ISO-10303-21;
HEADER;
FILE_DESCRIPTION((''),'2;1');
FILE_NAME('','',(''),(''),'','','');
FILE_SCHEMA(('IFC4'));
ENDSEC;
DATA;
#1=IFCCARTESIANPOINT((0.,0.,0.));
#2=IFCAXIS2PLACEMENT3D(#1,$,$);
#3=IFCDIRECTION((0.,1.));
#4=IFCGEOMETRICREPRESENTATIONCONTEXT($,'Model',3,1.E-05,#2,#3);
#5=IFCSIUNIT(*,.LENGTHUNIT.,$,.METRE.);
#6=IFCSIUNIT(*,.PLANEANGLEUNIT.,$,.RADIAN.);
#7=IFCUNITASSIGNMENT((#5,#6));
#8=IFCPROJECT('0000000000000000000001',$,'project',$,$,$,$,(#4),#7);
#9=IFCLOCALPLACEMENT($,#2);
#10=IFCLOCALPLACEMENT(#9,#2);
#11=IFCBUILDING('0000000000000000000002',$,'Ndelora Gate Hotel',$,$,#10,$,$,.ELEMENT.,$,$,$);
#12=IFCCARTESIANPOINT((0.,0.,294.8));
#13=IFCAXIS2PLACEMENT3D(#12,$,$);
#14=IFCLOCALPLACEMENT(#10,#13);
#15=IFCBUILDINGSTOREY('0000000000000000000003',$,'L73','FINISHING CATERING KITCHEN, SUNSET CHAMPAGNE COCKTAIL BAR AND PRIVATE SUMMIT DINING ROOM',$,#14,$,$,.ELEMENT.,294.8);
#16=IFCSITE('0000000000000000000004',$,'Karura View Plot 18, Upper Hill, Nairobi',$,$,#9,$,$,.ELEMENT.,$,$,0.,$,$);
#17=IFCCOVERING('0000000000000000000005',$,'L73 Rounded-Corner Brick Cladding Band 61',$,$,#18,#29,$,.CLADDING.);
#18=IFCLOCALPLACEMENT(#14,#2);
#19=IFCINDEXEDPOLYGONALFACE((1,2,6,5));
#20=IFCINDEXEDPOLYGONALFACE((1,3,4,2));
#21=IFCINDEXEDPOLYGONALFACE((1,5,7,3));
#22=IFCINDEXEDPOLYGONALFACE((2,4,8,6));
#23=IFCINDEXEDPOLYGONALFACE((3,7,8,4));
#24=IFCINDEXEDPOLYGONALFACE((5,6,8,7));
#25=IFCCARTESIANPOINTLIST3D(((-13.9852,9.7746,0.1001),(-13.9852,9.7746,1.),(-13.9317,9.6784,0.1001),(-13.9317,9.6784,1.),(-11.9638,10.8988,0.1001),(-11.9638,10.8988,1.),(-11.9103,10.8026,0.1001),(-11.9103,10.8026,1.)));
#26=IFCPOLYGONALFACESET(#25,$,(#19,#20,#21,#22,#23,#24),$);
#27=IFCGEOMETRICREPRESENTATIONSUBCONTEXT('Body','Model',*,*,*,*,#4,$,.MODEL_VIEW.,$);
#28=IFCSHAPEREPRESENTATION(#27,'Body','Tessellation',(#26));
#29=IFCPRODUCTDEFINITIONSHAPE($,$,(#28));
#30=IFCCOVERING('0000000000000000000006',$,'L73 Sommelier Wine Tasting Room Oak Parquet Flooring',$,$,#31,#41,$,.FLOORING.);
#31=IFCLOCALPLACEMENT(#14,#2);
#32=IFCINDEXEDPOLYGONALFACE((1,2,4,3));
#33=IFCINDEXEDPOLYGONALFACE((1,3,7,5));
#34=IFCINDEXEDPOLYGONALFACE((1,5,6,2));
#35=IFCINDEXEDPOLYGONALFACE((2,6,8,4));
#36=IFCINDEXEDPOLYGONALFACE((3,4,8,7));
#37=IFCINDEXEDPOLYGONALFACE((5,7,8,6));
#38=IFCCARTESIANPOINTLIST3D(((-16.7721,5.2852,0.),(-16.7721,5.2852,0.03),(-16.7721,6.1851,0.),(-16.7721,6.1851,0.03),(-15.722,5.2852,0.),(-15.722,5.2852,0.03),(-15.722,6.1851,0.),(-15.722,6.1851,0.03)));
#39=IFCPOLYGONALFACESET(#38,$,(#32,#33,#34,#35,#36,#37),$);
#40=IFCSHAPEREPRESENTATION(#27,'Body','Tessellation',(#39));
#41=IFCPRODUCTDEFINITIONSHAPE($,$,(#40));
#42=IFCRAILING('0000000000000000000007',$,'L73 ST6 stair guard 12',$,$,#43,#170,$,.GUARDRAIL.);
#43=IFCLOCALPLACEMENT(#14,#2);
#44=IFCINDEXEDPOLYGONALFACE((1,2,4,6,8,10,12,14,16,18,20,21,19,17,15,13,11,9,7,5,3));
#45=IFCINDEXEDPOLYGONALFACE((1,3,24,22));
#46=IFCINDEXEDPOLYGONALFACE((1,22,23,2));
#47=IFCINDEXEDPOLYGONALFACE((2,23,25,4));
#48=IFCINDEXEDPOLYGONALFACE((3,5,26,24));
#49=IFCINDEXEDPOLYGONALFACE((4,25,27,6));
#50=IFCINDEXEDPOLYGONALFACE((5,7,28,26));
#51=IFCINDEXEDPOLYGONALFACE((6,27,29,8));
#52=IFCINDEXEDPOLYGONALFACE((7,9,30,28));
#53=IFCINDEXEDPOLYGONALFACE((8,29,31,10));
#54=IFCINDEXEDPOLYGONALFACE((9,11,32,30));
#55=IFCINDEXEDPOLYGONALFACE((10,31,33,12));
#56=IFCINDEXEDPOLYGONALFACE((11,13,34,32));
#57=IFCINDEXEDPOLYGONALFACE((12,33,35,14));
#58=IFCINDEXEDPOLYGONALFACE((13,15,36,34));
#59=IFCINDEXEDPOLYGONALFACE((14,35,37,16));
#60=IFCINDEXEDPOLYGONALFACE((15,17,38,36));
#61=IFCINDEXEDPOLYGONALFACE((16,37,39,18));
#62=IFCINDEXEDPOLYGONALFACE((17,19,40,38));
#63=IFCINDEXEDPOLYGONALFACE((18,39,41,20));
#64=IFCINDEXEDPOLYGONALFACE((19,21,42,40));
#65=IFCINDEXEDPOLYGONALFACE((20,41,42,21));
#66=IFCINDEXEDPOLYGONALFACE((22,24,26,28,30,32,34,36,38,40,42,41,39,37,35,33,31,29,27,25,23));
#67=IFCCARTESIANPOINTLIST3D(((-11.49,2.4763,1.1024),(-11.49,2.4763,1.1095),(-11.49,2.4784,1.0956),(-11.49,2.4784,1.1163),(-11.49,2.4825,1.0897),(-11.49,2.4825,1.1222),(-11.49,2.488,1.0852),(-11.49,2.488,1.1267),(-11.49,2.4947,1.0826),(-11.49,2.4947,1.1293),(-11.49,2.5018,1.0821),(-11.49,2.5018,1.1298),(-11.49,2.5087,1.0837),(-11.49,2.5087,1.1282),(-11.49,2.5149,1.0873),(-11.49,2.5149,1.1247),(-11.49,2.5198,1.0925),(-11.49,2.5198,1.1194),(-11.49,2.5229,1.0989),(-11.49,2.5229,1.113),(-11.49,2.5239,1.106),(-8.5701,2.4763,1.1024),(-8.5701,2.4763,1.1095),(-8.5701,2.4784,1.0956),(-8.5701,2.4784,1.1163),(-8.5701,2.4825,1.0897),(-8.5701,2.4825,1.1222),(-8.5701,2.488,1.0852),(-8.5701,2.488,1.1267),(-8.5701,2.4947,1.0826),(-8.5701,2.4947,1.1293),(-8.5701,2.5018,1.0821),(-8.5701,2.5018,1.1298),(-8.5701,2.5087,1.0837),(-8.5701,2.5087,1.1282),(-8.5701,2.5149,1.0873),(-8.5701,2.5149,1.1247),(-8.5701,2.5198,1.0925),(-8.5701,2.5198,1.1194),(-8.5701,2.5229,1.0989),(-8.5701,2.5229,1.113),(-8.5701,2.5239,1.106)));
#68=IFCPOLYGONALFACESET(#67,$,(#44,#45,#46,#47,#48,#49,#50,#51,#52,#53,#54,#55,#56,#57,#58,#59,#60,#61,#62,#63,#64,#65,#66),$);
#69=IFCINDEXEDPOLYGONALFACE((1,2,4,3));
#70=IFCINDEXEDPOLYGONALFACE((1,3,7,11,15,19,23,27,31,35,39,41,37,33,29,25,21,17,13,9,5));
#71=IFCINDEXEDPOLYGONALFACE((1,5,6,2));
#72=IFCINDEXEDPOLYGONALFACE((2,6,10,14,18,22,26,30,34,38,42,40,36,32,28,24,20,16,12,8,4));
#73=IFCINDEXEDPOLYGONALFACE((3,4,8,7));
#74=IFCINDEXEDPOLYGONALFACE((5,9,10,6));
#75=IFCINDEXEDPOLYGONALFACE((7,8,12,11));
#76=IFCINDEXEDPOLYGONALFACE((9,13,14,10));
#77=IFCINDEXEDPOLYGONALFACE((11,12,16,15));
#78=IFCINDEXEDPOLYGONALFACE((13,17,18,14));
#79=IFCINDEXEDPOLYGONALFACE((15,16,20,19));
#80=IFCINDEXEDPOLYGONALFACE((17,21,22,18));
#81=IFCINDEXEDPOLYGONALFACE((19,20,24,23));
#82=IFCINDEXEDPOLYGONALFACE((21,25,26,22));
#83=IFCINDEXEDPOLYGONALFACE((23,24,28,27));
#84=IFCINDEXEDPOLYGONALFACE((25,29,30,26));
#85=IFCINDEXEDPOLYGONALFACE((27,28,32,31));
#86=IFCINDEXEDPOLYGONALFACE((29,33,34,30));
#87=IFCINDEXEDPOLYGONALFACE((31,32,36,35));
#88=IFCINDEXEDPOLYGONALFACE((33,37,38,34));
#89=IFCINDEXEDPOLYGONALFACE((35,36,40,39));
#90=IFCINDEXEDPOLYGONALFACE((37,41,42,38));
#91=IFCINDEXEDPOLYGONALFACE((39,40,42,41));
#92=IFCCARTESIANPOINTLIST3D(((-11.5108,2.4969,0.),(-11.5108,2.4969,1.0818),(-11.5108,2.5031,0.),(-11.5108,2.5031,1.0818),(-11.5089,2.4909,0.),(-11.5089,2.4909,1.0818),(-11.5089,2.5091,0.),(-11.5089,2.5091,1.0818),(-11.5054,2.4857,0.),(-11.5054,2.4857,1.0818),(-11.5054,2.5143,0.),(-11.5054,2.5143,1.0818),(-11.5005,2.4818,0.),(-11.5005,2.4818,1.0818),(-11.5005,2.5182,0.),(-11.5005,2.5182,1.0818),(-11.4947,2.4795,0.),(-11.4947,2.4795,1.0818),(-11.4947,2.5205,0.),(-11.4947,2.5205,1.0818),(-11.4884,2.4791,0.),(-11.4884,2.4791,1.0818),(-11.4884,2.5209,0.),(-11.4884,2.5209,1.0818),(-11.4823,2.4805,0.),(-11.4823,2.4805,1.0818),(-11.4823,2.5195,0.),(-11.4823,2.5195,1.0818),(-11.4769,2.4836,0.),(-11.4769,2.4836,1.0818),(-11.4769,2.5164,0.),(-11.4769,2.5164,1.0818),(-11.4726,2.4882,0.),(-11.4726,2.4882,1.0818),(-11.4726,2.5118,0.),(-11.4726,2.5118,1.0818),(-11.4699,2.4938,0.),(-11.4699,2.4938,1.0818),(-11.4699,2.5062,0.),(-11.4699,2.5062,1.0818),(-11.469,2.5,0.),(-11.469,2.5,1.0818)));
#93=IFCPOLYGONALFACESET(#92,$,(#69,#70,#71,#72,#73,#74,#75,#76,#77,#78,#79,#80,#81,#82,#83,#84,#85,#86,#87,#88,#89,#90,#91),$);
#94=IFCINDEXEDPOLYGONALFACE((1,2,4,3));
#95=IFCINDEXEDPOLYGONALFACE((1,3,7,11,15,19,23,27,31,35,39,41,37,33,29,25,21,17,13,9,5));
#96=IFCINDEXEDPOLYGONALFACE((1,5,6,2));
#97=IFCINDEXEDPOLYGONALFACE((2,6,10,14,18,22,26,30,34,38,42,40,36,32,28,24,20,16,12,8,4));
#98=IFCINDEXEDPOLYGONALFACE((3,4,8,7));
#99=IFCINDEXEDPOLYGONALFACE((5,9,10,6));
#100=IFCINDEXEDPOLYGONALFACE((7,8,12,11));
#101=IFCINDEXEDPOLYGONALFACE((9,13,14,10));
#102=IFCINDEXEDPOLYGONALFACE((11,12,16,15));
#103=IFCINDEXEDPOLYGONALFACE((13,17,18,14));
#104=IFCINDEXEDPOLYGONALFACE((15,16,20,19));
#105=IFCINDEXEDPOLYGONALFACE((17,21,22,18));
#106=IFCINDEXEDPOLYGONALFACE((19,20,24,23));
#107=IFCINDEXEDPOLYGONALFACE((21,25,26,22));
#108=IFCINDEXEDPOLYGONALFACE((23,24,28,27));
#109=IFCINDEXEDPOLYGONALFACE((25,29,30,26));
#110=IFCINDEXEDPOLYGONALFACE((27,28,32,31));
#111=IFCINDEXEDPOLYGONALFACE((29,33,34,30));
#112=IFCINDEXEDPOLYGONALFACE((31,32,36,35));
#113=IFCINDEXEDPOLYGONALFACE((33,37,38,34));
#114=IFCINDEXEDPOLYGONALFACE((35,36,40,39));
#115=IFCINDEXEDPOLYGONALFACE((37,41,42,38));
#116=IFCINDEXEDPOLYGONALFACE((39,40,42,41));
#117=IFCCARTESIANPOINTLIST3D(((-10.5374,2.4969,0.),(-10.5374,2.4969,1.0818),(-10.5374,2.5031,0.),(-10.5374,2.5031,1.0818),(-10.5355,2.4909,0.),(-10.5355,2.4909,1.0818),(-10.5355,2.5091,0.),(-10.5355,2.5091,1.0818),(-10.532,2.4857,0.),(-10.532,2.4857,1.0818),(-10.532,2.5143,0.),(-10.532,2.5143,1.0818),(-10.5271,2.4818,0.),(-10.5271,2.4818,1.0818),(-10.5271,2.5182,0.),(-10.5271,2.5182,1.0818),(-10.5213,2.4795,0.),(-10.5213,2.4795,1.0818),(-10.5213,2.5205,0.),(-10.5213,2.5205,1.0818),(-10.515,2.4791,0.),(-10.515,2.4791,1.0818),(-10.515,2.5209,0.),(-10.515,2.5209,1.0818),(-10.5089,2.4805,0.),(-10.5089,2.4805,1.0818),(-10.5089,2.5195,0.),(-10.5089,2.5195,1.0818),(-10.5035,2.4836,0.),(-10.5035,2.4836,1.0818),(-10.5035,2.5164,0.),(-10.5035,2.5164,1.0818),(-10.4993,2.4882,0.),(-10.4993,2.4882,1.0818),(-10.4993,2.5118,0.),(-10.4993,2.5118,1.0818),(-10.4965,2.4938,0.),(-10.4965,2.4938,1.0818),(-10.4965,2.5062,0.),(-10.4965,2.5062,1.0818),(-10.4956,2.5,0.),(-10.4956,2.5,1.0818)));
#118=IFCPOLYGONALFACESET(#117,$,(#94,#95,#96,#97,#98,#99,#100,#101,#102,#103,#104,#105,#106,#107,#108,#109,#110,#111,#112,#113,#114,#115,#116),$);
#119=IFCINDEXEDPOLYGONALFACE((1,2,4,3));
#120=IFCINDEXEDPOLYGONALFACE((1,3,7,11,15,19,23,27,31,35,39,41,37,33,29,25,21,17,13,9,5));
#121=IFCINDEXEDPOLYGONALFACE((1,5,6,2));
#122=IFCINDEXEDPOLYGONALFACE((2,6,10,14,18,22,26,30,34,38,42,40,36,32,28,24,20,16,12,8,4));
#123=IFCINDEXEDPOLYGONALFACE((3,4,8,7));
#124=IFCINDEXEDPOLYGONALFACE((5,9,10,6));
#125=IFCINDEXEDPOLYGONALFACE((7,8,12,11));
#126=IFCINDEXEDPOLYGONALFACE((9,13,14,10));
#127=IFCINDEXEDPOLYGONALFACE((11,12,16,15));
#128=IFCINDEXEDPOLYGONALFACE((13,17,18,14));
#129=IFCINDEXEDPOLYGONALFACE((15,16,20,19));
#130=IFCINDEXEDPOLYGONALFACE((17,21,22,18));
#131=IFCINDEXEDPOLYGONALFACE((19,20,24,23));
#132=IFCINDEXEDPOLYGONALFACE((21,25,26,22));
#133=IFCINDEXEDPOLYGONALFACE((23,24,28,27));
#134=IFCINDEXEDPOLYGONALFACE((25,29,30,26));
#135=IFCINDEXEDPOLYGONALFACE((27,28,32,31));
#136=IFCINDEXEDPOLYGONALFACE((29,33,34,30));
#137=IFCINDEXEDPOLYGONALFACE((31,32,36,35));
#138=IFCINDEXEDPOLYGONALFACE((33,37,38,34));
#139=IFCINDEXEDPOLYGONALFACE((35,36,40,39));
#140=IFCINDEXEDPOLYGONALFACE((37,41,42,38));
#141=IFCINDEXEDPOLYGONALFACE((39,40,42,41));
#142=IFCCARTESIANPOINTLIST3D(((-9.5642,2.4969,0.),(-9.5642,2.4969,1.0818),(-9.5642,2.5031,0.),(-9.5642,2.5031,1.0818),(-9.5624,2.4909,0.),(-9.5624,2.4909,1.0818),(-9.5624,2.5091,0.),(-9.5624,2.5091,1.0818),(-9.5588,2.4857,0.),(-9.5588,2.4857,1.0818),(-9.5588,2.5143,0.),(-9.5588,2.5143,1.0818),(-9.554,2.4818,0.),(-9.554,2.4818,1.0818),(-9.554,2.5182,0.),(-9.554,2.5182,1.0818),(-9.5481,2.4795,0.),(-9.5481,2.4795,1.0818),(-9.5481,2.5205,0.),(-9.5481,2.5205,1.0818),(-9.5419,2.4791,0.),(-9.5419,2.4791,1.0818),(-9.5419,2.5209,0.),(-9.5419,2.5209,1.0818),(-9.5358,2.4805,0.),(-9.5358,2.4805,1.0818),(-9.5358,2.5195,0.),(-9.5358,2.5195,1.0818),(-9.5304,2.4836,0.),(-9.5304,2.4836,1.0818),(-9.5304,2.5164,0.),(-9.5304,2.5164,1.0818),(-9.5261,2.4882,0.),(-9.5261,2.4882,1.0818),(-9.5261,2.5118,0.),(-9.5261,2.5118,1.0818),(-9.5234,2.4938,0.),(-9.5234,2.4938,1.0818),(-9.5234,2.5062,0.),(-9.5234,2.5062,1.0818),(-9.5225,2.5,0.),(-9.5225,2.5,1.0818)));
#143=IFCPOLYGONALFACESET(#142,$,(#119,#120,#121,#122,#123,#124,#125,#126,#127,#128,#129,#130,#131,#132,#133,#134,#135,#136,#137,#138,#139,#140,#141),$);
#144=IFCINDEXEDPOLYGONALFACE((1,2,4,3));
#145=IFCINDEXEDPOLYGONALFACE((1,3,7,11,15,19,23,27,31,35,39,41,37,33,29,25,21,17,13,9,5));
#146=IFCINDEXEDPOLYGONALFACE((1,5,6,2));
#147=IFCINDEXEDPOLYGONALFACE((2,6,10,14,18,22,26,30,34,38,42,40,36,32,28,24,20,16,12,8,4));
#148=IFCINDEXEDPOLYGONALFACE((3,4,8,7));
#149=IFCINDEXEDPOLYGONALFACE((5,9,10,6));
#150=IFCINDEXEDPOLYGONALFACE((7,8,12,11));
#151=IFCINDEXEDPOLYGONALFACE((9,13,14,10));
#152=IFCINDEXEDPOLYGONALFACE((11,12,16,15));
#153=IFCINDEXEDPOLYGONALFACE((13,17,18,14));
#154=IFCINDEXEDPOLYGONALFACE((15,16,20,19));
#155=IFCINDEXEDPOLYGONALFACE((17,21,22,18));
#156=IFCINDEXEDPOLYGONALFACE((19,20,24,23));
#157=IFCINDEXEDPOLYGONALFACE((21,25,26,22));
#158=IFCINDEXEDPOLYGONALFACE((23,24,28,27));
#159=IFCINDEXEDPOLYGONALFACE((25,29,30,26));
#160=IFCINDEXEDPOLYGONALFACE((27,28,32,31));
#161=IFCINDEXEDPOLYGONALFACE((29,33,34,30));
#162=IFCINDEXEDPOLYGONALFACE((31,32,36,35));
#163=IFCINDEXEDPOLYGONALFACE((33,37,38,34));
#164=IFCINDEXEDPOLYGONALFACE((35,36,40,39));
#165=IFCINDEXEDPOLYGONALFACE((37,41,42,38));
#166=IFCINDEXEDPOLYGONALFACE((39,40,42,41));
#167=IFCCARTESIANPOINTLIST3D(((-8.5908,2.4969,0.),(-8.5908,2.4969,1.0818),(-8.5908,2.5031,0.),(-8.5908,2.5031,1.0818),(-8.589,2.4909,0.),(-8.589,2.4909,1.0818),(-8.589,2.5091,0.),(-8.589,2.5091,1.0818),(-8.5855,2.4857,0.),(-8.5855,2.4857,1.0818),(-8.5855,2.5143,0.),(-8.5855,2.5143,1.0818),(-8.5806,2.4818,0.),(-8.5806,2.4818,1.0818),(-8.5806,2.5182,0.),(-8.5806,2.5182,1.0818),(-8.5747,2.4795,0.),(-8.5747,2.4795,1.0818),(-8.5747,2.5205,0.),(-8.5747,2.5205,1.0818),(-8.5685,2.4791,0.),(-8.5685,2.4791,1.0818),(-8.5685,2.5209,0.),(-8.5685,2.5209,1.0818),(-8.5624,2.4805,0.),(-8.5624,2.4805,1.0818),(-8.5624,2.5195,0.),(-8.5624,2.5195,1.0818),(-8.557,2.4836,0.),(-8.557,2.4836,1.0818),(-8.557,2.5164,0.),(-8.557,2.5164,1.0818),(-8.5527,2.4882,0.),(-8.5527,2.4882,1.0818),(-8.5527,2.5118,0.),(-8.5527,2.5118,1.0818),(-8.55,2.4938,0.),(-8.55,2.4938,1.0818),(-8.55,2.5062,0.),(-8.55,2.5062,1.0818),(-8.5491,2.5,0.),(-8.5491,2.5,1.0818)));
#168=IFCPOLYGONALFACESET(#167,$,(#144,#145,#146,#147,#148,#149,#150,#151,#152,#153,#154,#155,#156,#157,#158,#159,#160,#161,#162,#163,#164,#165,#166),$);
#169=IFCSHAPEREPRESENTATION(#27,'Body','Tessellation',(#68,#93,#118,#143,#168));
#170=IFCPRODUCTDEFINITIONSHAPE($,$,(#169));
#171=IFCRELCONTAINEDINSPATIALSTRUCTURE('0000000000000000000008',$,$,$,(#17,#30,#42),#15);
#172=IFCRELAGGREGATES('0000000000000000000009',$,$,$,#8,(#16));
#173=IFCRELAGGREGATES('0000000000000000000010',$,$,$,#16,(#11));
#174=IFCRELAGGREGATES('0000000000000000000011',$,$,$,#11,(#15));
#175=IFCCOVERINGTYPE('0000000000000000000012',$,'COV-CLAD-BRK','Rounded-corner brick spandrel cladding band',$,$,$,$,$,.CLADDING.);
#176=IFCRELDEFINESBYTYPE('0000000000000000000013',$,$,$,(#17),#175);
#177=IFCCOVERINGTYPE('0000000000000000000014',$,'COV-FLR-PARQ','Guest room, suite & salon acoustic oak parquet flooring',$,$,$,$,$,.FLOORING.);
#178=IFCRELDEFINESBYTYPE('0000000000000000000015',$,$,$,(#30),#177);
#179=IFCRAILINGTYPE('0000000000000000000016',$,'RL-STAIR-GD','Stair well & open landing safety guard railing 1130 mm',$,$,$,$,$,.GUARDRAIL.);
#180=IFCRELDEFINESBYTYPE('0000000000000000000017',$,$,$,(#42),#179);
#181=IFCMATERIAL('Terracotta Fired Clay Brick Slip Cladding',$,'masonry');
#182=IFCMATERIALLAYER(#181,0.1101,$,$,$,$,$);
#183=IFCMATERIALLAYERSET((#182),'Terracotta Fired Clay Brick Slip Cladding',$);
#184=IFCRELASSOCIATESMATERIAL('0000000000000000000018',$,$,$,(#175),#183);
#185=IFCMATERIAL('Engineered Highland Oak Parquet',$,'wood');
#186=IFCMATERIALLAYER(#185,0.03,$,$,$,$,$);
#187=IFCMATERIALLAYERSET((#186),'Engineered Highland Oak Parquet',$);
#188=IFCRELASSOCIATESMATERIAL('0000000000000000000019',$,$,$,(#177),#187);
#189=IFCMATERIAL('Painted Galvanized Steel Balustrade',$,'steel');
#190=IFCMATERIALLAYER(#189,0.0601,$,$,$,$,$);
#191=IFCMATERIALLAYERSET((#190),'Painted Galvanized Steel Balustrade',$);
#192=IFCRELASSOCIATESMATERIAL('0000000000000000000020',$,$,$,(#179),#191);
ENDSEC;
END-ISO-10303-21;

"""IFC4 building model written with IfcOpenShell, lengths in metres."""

from ifc_helpers import new_model, si_unit, direction, frame, origin, origin_2d, place, context, subcontext, project, spatial, rectangle, circle, extrude, material, layer, layer_set, type_object, element, save


model = new_model("IFC4")

# Units and contexts
model_context = context("Model", 3, precision=1e-05, world=origin(), true_north=direction((0.0, 1.0)))
body_context = subcontext(model_context, "Body", "Model", "MODEL_VIEW")
ifc_project = project(units=[si_unit("LENGTHUNIT", "METRE"), si_unit("PLANEANGLEUNIT", "RADIAN")], contexts=[model_context])

# Site, building, storey
site_placement = place(None, origin())
site = spatial("IfcSite", under=ifc_project, at=site_placement, Name="Karura View Plot 18, Upper Hill, Nairobi", CompositionType="ELEMENT", RefElevation=0.0)
building_placement = place(site_placement, origin())
building = spatial("IfcBuilding", under=site, at=building_placement, Name="Ndelora Gate Hotel", CompositionType="ELEMENT")
storey_placement = place(building_placement, frame((0.0, 0.0, 294.8)))
storey = spatial("IfcBuildingStorey", under=building, at=storey_placement, Name="L73", Description="FINISHING CATERING KITCHEN, SUNSET CHAMPAGNE COCKTAIL BAR AND PRIVATE SUMMIT DINING ROOM", CompositionType="ELEMENT", Elevation=294.8)

# Coverings
ifc_material_1 = material(Name="Terracotta Fired Clay Brick Slip Cladding", Category="masonry")
ifc_layer_1 = layer(ifc_material_1, 0.1101)
ifc_layer_set_1 = layer_set([ifc_layer_1], Name="Terracotta Fired Clay Brick Slip Cladding")
covering_type_1 = type_object("IfcCoveringType", Name="COV-CLAD-BRK", Description="Rounded-corner brick spandrel cladding band", PredefinedType="CLADDING", material=ifc_layer_set_1)
covering_1_placement = place(storey_placement, frame((-12.9478, 10.2886, 0.1001), z_axis=(0.0, 0.0, 1.0), x_axis=(0.873942, 0.48603, 0.0)))
element("IfcCovering", 1, at=covering_1_placement, inside=storey, type_object=covering_type_1, Name="L73 Rounded-Corner Brick Cladding Band 61", PredefinedType="CLADDING", context=body_context, shape_type="SweptSolid", body=[
    extrude(rectangle(XDim=2.313, YDim=0.1101, at=origin_2d()), origin(), (0.0, 0.0, 1.0), 0.8999),
])
ifc_material_2 = material(Name="Engineered Highland Oak Parquet", Category="wood")
ifc_layer_2 = layer(ifc_material_2, 0.03)
ifc_layer_set_2 = layer_set([ifc_layer_2], Name="Engineered Highland Oak Parquet")
covering_type_2 = type_object("IfcCoveringType", Name="COV-FLR-PARQ", Description="Guest room, suite & salon acoustic oak parquet flooring", PredefinedType="FLOORING", material=ifc_layer_set_2)
covering_2_placement = place(storey_placement, frame((-16.2471, 5.7351, 0.0), z_axis=(0.0, 0.0, 1.0), x_axis=(1.0, 0.0, 0.0)))
element("IfcCovering", 2, at=covering_2_placement, inside=storey, type_object=covering_type_2, Name="L73 Sommelier Wine Tasting Room Oak Parquet Flooring", PredefinedType="FLOORING", context=body_context, shape_type="SweptSolid", body=[
    extrude(rectangle(XDim=1.05, YDim=0.8999, at=origin_2d()), origin(), (0.0, 0.0, 1.0), 0.03),
])

# Railing
ifc_material_3 = material(Name="Painted Galvanized Steel Balustrade", Category="steel")
ifc_layer_3 = layer(ifc_material_3, 0.0601)
ifc_layer_set_3 = layer_set([ifc_layer_3], Name="Painted Galvanized Steel Balustrade")
railing_type = type_object("IfcRailingType", Name="RL-STAIR-GD", Description="Stair well & open landing safety guard railing 1130 mm", PredefinedType="GUARDRAIL", material=ifc_layer_set_3)
railing_placement = place(storey_placement, frame((-11.49, 2.5, 0.0)))
element("IfcRailing", 3, at=railing_placement, inside=storey, type_object=railing_type, Name="L73 ST6 stair guard 12", PredefinedType="GUARDRAIL", context=body_context, shape_type="SweptSolid", body=[
    extrude(circle(Radius=0.0239, at=origin_2d()), frame((0.0, 0.0, 1.106), z_axis=(1.0, 0.0, 0.0), x_axis=(0.0, 1.0, 0.0)), (0.0, 0.0, 1.0), 2.9199),
    extrude(circle(Radius=0.021, at=origin_2d()), origin(), (0.0, 0.0, 1.0), 1.0818),
    extrude(circle(Radius=0.021, at=origin_2d()), frame((0.9734, 0.0, 0.0)), (0.0, 0.0, 1.0), 1.0818),
    extrude(circle(Radius=0.021, at=origin_2d()), frame((1.9465, 0.0, 0.0)), (0.0, 0.0, 1.0), 1.0818),
    extrude(circle(Radius=0.021, at=origin_2d()), frame((2.9199, 0.0, 0.0)), (0.0, 0.0, 1.0), 1.0818),
])

save(model, "model.ifc")
